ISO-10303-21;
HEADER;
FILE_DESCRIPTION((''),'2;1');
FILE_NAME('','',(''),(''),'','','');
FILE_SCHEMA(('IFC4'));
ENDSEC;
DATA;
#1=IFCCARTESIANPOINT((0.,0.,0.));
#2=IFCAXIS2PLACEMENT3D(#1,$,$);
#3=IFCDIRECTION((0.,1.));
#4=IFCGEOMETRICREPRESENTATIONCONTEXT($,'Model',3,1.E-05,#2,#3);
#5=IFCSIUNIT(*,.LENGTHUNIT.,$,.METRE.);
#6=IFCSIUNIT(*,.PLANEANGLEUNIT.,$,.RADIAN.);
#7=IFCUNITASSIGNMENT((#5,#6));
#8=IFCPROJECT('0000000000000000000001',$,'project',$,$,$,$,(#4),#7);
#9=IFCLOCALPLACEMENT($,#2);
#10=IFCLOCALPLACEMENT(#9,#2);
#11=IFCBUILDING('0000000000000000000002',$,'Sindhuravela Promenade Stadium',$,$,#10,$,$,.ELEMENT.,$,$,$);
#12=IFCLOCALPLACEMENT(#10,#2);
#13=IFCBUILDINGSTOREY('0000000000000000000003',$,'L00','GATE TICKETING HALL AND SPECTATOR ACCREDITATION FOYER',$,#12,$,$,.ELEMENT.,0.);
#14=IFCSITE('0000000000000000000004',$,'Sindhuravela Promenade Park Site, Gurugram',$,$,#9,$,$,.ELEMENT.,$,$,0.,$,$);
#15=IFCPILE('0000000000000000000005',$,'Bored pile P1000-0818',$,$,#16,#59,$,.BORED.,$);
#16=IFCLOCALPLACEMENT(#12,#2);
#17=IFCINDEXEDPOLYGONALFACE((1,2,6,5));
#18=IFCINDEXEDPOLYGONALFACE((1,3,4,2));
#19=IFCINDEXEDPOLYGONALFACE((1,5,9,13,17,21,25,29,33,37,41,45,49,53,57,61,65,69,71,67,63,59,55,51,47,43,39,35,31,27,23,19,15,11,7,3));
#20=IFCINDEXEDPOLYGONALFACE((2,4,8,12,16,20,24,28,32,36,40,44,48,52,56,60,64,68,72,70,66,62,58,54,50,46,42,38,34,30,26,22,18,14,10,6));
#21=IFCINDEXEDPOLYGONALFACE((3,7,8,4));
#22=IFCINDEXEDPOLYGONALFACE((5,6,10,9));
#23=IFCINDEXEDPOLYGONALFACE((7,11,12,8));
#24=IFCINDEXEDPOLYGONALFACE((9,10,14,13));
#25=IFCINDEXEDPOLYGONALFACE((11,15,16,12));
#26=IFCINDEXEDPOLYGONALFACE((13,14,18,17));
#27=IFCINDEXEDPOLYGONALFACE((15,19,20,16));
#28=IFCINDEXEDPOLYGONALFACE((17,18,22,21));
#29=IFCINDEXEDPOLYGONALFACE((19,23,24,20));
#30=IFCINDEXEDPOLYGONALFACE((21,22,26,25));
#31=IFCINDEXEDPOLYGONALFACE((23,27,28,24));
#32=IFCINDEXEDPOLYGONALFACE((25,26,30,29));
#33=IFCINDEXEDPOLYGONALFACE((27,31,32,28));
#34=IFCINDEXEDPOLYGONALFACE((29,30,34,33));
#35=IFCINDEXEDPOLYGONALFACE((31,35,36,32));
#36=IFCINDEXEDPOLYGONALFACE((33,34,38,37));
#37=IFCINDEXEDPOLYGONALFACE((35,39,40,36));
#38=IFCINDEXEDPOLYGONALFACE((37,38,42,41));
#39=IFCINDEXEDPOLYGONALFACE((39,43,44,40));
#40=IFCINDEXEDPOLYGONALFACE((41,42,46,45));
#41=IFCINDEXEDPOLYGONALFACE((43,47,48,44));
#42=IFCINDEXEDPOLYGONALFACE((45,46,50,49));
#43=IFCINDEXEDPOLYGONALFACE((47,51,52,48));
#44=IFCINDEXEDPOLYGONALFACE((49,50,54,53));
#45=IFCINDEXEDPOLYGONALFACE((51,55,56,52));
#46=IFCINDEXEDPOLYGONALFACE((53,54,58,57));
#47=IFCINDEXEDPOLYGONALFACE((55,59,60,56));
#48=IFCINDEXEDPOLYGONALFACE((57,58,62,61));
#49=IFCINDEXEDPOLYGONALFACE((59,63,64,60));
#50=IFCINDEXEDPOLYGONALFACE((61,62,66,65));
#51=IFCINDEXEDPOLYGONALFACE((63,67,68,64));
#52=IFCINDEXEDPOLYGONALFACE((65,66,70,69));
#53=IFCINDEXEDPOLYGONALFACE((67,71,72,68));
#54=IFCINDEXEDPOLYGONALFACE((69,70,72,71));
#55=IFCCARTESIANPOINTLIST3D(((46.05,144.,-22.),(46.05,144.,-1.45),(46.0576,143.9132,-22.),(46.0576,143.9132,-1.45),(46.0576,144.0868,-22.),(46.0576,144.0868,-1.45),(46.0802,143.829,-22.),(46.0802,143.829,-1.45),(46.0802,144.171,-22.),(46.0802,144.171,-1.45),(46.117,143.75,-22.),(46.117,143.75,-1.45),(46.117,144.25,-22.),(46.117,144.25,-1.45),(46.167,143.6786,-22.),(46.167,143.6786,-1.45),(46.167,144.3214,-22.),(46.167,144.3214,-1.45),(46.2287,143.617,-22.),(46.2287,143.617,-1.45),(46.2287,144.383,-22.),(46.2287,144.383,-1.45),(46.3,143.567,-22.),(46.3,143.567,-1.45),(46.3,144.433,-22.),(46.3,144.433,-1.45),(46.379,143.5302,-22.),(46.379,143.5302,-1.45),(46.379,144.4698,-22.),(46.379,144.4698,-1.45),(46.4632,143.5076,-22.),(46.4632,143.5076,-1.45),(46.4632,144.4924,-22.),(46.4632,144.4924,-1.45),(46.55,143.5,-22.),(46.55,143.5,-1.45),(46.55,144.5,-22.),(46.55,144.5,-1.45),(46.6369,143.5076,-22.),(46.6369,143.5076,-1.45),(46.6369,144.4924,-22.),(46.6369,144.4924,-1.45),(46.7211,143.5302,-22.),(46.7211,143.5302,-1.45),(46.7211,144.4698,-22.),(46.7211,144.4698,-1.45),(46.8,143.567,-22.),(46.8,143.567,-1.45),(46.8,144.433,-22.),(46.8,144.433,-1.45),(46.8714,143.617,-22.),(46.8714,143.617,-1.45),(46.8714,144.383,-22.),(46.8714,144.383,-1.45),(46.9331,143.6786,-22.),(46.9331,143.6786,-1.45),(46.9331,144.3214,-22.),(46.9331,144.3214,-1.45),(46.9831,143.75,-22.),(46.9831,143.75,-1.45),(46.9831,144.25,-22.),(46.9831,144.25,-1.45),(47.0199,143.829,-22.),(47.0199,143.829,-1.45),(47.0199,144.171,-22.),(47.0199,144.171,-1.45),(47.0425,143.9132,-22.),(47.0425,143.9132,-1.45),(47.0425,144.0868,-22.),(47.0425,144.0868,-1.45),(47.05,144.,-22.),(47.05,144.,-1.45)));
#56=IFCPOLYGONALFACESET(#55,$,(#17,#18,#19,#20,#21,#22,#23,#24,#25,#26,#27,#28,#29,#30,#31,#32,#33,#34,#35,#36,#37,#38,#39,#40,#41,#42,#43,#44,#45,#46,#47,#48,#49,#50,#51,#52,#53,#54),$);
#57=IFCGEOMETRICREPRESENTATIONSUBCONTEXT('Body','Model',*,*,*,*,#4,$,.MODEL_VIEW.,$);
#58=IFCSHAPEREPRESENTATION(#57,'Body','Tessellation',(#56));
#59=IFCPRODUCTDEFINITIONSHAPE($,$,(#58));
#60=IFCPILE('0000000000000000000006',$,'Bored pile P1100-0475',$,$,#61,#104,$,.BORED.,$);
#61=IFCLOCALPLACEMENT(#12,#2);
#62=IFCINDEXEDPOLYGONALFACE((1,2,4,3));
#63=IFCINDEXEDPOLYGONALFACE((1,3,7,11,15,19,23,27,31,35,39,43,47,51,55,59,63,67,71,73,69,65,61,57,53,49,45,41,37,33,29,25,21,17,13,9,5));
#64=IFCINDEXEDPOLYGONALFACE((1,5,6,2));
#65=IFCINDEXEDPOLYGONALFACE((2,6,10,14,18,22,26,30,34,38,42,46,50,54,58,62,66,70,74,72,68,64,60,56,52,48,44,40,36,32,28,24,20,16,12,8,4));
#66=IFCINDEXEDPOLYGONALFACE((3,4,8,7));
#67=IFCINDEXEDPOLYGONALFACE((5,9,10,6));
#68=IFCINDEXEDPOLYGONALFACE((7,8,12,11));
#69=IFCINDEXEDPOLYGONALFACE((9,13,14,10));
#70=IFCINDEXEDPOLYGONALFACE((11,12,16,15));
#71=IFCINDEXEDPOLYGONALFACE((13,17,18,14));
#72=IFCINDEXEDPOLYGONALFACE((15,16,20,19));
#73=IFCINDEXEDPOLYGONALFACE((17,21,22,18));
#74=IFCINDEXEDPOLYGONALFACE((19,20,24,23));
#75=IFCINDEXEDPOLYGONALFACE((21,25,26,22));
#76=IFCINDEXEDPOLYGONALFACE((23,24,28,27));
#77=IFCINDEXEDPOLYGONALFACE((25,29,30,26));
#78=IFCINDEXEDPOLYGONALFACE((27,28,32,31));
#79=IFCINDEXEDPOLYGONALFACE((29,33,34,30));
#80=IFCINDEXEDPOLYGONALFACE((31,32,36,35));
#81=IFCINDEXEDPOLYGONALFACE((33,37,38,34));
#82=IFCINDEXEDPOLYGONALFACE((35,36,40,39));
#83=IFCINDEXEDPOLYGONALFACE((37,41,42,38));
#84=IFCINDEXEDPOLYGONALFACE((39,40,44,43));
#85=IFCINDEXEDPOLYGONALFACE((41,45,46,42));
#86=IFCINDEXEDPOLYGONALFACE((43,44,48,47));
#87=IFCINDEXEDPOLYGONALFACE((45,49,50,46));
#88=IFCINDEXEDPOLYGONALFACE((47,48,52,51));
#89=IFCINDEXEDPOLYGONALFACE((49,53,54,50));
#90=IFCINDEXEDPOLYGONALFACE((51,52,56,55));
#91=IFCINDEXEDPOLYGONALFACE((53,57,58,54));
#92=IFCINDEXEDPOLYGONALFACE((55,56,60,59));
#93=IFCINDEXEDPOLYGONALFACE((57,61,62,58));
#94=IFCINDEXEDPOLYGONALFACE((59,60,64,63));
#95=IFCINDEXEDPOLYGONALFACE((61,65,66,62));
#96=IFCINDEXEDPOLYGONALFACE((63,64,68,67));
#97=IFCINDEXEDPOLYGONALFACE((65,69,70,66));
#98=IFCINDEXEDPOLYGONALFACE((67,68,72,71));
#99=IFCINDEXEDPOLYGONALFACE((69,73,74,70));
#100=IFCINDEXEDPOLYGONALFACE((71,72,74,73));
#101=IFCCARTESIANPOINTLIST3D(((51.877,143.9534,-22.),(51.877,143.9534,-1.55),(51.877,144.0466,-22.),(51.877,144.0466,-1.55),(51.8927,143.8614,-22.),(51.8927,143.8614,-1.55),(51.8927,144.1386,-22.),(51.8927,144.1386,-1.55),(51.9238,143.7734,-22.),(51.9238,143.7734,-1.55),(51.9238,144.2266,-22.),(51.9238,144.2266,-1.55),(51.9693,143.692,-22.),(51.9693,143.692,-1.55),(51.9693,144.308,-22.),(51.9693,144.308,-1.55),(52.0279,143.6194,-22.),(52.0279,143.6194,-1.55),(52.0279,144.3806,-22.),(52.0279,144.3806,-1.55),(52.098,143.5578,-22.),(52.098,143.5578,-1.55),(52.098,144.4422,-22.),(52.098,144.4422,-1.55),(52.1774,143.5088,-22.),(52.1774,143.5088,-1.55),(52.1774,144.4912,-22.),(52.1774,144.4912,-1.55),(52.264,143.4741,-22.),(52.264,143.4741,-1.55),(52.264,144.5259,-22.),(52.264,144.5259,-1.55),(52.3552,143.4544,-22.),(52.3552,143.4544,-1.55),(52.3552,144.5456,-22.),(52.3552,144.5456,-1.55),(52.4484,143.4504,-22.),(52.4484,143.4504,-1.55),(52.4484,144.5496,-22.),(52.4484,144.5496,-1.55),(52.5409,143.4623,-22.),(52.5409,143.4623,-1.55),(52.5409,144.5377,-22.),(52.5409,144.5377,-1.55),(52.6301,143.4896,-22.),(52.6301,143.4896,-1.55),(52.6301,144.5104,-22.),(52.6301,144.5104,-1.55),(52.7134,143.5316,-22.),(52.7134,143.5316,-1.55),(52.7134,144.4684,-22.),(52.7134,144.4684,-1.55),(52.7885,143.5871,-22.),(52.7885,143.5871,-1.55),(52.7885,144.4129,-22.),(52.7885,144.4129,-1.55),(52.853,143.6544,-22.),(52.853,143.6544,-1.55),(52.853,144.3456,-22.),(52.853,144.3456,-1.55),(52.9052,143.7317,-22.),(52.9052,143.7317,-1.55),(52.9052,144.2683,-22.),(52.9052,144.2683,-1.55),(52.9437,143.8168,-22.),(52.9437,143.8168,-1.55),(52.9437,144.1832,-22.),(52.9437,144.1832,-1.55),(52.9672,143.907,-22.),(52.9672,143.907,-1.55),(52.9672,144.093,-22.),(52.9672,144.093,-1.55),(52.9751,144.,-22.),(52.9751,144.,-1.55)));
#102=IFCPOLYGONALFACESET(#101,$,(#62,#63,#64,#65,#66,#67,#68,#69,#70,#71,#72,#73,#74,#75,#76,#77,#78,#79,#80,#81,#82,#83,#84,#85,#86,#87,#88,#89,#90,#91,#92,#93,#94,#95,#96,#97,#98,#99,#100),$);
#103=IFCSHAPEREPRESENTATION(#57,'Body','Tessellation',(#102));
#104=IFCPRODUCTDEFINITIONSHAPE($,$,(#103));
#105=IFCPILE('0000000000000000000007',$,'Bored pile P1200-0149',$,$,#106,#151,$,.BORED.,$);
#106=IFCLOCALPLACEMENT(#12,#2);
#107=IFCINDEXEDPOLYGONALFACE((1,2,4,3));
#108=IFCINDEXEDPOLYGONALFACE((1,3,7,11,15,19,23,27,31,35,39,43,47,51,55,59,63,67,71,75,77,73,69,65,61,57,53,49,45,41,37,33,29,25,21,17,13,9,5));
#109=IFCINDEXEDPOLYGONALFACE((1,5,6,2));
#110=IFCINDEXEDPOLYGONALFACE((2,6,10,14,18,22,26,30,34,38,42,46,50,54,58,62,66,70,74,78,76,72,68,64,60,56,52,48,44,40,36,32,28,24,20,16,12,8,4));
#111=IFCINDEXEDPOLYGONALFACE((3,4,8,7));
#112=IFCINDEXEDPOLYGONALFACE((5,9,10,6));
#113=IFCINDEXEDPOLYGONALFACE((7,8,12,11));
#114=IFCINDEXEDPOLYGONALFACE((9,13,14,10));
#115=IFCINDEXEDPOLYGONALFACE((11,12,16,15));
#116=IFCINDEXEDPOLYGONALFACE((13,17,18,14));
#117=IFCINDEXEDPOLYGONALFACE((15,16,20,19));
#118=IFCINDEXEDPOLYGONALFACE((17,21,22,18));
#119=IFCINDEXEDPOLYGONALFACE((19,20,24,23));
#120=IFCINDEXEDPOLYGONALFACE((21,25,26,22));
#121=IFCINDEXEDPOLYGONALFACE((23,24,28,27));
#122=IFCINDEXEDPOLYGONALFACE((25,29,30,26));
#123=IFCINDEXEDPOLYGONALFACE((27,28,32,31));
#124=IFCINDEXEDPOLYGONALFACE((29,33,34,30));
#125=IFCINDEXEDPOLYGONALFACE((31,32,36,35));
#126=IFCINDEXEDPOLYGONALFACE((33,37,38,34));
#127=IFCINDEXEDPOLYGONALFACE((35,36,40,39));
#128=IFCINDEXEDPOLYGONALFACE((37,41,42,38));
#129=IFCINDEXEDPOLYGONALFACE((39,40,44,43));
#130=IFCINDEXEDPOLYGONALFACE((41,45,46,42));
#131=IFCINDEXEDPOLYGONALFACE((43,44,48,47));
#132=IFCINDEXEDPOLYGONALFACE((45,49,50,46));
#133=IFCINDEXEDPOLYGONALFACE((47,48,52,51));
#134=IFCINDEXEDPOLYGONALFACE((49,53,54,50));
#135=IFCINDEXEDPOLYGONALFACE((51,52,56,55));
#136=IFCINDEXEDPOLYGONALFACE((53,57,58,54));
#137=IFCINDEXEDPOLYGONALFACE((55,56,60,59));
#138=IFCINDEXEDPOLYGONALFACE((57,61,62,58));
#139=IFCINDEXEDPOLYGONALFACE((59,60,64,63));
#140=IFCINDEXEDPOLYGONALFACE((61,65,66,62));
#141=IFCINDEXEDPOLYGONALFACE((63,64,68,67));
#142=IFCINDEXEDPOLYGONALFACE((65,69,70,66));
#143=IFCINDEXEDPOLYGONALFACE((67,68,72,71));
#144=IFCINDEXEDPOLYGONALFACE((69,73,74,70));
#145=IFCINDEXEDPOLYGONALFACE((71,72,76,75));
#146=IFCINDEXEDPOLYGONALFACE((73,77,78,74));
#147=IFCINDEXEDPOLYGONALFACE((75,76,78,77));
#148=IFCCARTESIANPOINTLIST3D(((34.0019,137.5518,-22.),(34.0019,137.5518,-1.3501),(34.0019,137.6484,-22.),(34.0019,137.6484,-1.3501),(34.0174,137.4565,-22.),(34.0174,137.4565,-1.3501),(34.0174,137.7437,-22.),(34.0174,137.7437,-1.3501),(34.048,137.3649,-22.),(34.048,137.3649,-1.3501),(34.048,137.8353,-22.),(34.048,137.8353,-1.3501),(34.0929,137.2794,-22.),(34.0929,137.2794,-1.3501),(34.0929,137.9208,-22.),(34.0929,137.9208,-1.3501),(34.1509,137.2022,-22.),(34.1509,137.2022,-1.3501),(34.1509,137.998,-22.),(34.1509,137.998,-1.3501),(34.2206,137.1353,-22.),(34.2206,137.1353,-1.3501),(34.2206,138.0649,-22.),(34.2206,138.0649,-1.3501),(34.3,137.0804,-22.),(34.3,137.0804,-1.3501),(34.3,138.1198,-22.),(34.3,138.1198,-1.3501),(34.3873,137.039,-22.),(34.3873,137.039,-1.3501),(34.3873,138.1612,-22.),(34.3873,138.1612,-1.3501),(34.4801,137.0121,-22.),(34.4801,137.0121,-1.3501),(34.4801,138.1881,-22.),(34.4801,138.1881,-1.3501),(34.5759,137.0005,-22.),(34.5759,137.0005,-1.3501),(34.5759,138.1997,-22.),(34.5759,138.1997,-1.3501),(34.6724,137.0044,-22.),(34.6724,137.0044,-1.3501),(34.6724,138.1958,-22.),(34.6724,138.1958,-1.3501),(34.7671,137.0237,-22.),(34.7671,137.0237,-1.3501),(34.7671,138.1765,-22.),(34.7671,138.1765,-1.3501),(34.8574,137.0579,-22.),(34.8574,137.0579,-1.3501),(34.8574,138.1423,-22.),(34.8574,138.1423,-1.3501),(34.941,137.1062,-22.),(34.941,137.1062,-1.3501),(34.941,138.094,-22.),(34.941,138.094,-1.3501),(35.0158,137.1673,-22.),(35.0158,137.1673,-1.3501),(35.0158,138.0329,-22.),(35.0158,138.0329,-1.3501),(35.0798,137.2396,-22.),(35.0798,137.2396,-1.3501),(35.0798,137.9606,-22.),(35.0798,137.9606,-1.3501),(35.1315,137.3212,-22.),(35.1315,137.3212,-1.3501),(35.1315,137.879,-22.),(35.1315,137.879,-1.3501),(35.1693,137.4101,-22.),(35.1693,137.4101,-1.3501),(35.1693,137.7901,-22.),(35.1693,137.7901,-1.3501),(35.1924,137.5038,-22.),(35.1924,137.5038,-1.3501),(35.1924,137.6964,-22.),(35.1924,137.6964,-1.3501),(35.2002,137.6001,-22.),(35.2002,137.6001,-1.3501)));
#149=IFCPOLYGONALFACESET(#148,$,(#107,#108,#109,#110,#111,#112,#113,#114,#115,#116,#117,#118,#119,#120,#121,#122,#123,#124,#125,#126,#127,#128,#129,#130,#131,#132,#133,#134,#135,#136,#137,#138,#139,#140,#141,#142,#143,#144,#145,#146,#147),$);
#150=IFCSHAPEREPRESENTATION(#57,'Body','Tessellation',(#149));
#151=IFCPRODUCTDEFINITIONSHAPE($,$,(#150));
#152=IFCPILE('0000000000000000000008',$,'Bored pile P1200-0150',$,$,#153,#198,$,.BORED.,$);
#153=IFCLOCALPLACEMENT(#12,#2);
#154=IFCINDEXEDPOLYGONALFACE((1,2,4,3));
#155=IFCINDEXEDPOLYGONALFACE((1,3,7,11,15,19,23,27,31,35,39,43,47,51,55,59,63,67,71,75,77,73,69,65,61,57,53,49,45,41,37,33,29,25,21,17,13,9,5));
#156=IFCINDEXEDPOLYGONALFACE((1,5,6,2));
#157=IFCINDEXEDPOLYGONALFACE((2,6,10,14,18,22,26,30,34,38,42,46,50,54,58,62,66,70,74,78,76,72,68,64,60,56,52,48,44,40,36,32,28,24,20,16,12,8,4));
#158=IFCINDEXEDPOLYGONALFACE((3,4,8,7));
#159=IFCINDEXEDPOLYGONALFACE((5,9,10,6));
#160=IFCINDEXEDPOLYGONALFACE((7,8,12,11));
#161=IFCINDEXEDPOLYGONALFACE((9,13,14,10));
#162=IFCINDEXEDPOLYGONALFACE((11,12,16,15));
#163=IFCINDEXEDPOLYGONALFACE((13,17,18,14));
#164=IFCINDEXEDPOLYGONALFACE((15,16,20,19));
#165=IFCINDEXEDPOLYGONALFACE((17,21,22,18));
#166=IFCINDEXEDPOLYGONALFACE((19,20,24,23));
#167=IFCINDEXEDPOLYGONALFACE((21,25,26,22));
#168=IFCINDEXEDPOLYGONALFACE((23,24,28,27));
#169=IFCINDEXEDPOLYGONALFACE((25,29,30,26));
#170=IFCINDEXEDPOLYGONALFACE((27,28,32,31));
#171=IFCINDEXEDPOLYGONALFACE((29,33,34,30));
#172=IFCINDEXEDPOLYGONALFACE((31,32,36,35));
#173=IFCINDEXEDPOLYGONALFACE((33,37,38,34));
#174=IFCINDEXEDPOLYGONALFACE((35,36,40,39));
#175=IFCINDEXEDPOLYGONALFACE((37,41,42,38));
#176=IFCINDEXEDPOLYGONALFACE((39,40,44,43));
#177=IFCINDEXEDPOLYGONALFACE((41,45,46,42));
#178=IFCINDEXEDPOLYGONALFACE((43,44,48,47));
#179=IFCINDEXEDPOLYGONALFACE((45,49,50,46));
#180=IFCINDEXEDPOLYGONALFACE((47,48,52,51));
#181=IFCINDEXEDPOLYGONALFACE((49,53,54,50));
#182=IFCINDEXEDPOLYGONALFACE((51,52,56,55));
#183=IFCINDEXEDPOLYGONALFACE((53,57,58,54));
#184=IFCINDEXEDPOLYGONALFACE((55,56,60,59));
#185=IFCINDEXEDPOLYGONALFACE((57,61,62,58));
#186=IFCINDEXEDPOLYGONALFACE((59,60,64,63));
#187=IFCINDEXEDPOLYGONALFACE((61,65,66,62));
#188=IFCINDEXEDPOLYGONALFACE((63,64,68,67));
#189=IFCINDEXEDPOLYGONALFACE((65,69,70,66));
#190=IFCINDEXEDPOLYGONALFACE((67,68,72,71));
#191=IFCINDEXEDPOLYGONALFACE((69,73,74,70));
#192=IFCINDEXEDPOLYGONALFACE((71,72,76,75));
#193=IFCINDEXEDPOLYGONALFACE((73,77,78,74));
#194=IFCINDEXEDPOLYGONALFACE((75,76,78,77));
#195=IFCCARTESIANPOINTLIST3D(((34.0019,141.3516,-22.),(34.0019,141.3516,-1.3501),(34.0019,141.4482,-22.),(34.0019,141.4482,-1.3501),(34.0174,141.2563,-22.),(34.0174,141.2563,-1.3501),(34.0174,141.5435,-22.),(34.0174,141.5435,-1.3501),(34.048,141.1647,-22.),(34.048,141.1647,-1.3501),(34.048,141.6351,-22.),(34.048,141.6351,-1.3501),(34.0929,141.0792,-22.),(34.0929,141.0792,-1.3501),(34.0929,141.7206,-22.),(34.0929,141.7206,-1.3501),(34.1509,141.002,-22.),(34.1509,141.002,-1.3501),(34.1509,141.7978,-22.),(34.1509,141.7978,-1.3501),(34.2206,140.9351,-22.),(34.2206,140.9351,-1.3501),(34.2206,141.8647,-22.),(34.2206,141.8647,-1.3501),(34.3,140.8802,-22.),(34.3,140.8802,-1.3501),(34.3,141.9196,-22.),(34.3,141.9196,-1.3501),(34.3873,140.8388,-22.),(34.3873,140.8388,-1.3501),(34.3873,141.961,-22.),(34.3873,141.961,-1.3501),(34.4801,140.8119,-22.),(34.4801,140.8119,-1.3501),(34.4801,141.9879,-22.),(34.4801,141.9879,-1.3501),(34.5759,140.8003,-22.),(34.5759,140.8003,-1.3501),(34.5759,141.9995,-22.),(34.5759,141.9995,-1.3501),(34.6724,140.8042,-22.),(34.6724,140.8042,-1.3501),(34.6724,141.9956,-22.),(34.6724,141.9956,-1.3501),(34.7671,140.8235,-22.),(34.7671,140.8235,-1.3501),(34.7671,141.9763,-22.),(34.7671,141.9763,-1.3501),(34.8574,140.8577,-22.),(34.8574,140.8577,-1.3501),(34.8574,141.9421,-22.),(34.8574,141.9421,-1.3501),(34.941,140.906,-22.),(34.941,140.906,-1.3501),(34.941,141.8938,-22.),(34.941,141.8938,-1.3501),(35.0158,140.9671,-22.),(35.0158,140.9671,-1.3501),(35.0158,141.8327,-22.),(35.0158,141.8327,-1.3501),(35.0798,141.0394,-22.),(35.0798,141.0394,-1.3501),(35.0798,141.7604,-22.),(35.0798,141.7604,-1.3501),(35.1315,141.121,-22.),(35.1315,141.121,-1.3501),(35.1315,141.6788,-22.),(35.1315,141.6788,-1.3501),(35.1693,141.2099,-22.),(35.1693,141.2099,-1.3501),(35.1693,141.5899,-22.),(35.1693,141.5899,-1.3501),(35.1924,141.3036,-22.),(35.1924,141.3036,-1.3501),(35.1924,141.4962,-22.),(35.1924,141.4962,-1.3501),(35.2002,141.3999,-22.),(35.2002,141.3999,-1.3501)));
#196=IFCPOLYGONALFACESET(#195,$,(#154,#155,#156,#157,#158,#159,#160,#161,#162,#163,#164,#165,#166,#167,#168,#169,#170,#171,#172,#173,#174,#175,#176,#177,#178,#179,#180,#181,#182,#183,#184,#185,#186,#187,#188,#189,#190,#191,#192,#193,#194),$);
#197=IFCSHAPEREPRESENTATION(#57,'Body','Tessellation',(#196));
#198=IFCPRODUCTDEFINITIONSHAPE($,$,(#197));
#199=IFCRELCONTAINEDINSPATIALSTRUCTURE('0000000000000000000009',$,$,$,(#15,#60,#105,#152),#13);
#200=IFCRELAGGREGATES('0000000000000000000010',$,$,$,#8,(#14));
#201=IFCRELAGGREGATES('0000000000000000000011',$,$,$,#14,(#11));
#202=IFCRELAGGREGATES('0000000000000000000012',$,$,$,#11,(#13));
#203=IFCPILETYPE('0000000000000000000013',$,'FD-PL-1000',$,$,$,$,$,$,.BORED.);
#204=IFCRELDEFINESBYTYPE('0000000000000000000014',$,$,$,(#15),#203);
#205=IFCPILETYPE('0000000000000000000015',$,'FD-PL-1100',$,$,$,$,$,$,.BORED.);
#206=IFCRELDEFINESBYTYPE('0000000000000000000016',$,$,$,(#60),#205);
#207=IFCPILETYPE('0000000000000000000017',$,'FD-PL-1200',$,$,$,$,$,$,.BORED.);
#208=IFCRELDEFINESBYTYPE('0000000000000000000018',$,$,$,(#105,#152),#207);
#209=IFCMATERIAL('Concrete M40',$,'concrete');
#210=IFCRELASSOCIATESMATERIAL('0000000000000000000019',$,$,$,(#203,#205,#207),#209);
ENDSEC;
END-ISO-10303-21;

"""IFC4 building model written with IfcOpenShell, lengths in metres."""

from ifc_helpers import new_model, si_unit, direction, frame, origin, origin_2d, place, context, subcontext, project, spatial, circle, extrude, material, material_profile, profile_set, type_object, element, save


model = new_model("IFC4")

# Units and contexts
model_context = context("Model", 3, precision=1e-05, world=origin(), true_north=direction((0.0, 1.0)))
body_context = subcontext(model_context, "Body", "Model", "MODEL_VIEW")
ifc_project = project(units=[si_unit("LENGTHUNIT", "METRE"), si_unit("PLANEANGLEUNIT", "RADIAN")], contexts=[model_context])

# Site, building, storey
site_placement = place(None, origin())
site = spatial("IfcSite", under=ifc_project, at=site_placement, Name="Sindhuravela Promenade Park Site, Gurugram", CompositionType="ELEMENT", RefElevation=0.0)
building_placement = place(site_placement, origin())
building = spatial("IfcBuilding", under=site, at=building_placement, Name="Sindhuravela Promenade Stadium", CompositionType="ELEMENT")
storey_placement = place(building_placement, origin())
storey = spatial("IfcBuildingStorey", under=building, at=storey_placement, Name="L00", Description="GATE TICKETING HALL AND SPECTATOR ACCREDITATION FOYER", CompositionType="ELEMENT", Elevation=0.0)

# Piles
ifc_material_1 = material(Name="Concrete M40", Category="concrete")
ifc_material_profile_1 = material_profile(ifc_material_1, circle(Radius=0.5, at=origin_2d()), Name="BORED PILE D1000")
ifc_profile_set_1 = profile_set([ifc_material_profile_1], Name="Concrete M40")
pile_type_1 = type_object("IfcPileType", Name="FD-PL-1000", PredefinedType="BORED", material=ifc_profile_set_1)
for number, where, z_axis, x_axis, name in (
    (1, (46.55, 144.0, -1.45), (0.0, 0.0, -1.0), (1.0, 0.0, 0.0), "Bored pile P1000-0818"),
):
    element("IfcPile", number, at=place(storey_placement, frame(where, z_axis=z_axis, x_axis=x_axis)), inside=storey, type_object=pile_type_1, Name=name, PredefinedType="BORED", context=body_context, shape_type="SweptSolid", body=[
        extrude(circle(Radius=0.5, at=origin_2d()), origin(), (0.0, 0.0, 1.0), 20.55),
    ])
ifc_material_profile_2 = material_profile(ifc_material_1, circle(Radius=0.55, at=origin_2d()), Name="BORED PILE D1100")
ifc_profile_set_2 = profile_set([ifc_material_profile_2], Name="Concrete M40")
pile_type_2 = type_object("IfcPileType", Name="FD-PL-1100", PredefinedType="BORED", material=ifc_profile_set_2)
pile_placement = place(storey_placement, frame((52.425, 144.0, -1.55), z_axis=(0.0, 0.0, -1.0), x_axis=(1.0, 0.0, 0.0)))
element("IfcPile", 2, at=pile_placement, inside=storey, type_object=pile_type_2, Name="Bored pile P1100-0475", PredefinedType="BORED", context=body_context, shape_type="SweptSolid", body=[
    extrude(circle(Radius=0.55, at=origin_2d()), origin(), (0.0, 0.0, 1.0), 20.45),
])
ifc_material_profile_3 = material_profile(ifc_material_1, circle(Radius=0.6001, at=origin_2d()), Name="BORED PILE D1200")
ifc_profile_set_3 = profile_set([ifc_material_profile_3], Name="Concrete M40")
pile_type_3 = type_object("IfcPileType", Name="FD-PL-1200", PredefinedType="BORED", material=ifc_profile_set_3)
for number, where, z_axis, x_axis, name in (
    (3, (34.6001, 137.6001, -1.3501), (0.0, 0.0, -1.0), (1.0, 0.0, 0.0), "Bored pile P1200-0149"),
    (4, (34.6001, 141.3999, -1.3501), (0.0, 0.0, -1.0), (1.0, 0.0, 0.0), "Bored pile P1200-0150"),
):
    element("IfcPile", number, at=place(storey_placement, frame(where, z_axis=z_axis, x_axis=x_axis)), inside=storey, type_object=pile_type_3, Name=name, PredefinedType="BORED", context=body_context, shape_type="SweptSolid", body=[
        extrude(circle(Radius=0.6001, at=origin_2d()), origin(), (0.0, 0.0, 1.0), 20.6499),
    ])

save(model, "model.ifc")
